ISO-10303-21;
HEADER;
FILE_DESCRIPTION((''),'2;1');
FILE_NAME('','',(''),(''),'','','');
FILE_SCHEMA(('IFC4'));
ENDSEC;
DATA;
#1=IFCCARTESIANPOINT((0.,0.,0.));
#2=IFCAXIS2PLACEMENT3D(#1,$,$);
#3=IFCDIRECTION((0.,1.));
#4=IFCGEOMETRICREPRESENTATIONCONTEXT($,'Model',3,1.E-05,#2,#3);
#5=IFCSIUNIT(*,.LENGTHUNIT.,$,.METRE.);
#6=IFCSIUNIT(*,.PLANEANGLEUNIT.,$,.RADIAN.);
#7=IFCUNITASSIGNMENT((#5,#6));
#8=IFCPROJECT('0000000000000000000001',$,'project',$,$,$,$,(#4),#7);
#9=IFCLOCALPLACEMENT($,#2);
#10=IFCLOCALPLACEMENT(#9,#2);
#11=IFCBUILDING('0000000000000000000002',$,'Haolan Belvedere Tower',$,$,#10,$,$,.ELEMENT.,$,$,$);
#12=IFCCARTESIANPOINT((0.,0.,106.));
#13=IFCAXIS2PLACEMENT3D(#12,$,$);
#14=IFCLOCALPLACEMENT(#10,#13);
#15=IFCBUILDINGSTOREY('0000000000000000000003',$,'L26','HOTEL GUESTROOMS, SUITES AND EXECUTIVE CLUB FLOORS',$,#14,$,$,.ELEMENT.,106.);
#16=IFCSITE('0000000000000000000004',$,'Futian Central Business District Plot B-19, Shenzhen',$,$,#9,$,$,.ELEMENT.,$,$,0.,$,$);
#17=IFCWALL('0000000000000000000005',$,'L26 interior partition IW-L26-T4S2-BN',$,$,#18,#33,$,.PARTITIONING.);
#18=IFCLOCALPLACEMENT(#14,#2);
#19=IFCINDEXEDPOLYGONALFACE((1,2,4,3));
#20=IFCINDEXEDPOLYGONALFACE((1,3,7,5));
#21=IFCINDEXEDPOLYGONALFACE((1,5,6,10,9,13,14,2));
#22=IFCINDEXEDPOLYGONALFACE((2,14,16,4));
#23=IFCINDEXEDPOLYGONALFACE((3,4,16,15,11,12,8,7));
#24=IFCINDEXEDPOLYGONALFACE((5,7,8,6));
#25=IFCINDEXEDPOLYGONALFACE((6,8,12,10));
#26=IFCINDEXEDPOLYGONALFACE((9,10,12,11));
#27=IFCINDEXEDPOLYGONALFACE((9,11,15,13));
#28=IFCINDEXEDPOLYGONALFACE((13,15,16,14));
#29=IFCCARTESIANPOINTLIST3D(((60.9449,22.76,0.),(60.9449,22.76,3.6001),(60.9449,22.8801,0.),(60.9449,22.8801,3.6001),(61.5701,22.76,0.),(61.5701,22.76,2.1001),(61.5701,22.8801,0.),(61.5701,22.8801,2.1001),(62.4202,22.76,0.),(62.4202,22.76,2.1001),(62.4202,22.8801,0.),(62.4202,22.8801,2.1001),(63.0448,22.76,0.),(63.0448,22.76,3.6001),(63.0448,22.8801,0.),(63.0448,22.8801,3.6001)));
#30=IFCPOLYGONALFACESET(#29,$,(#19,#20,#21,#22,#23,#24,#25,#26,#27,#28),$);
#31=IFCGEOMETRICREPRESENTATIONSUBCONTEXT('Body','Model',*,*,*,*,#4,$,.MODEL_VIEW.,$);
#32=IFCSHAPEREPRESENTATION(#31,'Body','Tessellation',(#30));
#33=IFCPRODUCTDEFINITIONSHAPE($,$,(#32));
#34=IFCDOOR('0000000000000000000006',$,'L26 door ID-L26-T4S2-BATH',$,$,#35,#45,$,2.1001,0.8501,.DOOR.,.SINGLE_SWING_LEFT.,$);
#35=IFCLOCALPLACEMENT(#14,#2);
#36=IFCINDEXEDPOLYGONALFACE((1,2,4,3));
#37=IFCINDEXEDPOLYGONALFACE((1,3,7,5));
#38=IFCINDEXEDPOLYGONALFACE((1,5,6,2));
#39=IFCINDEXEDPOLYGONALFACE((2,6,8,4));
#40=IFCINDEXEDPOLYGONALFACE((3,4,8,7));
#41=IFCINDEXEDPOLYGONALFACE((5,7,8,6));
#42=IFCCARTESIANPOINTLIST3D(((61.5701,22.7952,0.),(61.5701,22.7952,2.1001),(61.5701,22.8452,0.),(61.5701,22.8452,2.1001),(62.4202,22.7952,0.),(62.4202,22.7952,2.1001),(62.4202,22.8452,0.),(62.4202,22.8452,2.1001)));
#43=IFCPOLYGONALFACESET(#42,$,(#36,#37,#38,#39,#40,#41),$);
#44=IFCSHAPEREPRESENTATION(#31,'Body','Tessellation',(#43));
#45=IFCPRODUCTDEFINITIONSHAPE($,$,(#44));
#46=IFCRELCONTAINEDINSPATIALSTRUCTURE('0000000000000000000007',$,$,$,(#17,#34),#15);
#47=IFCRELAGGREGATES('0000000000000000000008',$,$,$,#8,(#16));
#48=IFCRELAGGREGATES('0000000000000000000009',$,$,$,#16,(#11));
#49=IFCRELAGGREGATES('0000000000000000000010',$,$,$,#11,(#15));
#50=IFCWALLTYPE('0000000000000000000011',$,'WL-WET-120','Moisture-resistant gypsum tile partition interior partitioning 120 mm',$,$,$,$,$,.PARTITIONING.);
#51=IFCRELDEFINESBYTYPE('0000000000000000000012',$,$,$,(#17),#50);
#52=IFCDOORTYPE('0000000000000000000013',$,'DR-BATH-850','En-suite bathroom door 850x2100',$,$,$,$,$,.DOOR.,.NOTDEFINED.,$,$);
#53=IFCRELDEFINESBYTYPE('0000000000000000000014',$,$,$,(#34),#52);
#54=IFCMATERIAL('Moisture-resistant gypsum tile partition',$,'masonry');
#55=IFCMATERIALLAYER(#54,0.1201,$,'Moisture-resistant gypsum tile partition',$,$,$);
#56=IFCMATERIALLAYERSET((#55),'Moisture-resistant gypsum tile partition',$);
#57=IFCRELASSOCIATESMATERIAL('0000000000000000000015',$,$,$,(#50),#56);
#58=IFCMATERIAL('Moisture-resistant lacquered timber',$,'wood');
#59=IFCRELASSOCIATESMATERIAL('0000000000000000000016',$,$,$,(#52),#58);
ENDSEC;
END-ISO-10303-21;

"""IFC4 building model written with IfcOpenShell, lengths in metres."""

from ifc_helpers import new_model, si_unit, direction, frame, frame_2d, origin, place, context, subcontext, project, spatial, rectangle, extrude, material, layer, layer_set, type_object, element, fill, save


model = new_model("IFC4")

# Units and contexts
model_context = context("Model", 3, precision=1e-05, world=origin(), true_north=direction((0.0, 1.0)))
body_context = subcontext(model_context, "Body", "Model", "MODEL_VIEW")
ifc_project = project(units=[si_unit("LENGTHUNIT", "METRE"), si_unit("PLANEANGLEUNIT", "RADIAN")], contexts=[model_context])

# Site, building, storey
site_placement = place(None, origin())
site = spatial("IfcSite", under=ifc_project, at=site_placement, Name="Futian Central Business District Plot B-19, Shenzhen", CompositionType="ELEMENT", RefElevation=0.0)
building_placement = place(site_placement, origin())
building = spatial("IfcBuilding", under=site, at=building_placement, Name="Haolan Belvedere Tower", CompositionType="ELEMENT")
storey_placement = place(building_placement, frame((0.0, 0.0, 106.0)))
storey = spatial("IfcBuildingStorey", under=building, at=storey_placement, Name="L26", Description="HOTEL GUESTROOMS, SUITES AND EXECUTIVE CLUB FLOORS", CompositionType="ELEMENT", Elevation=106.0)

# Shared definitions
ifc_material_1 = material(Name="Moisture-resistant gypsum tile partition", Category="masonry")
ifc_layer_1 = layer(ifc_material_1, 0.1201, Name="Moisture-resistant gypsum tile partition")
ifc_layer_set_1 = layer_set([ifc_layer_1], Name="Moisture-resistant gypsum tile partition")
wall_type_1 = type_object("IfcWallType", Name="WL-WET-120", Description="Moisture-resistant gypsum tile partition interior partitioning 120 mm", PredefinedType="PARTITIONING", material=ifc_layer_set_1)

# Shared definitions
ifc_material_2 = material(Name="Moisture-resistant lacquered timber", Category="wood")
door_type_1 = type_object("IfcDoorType", Name="DR-BATH-850", Description="En-suite bathroom door 850x2100", OperationType="NOTDEFINED", PredefinedType="DOOR", material=ifc_material_2)

# Wall, opening, door
wall_1_placement = place(storey_placement, frame((60.9451, 22.8201, 0.0), z_axis=(0.0, 0.0, 1.0), x_axis=(1.0, 0.0, 0.0)))
wall_1 = element("IfcWall", 1, at=wall_1_placement, inside=storey, type_object=wall_type_1, Name="L26 interior partition IW-L26-T4S2-BN", PredefinedType="PARTITIONING", context=body_context, shape_type="SweptSolid", body=[
    extrude(rectangle(XDim=2.0999, YDim=0.1201, at=frame_2d((1.0498, 0.0))), origin(), (0.0, 0.0, 1.0), 3.6001),
])
opening_1_placement = place(wall_1_placement, frame((1.4751, 0.0, 0.0), z_axis=(0.0, 0.0, 1.0), x_axis=(-1.0, 0.0, 0.0)))
opening_1 = element("IfcOpeningElement", 2, at=opening_1_placement, cuts=wall_1, PredefinedType="OPENING", context=body_context, shape_type="SweptSolid", body=[
    extrude(rectangle(XDim=0.8501, YDim=2.1001, at=frame_2d((0.425, 1.05))), frame((0.0, 0.0701, 0.0), z_axis=(0.0, -1.0, 0.0), x_axis=(1.0, 0.0, 0.0)), (0.0, 0.0, 1.0), 0.1401),
])
door_1_placement = place(opening_1_placement, origin())
door_1 = element("IfcDoor", 3, at=door_1_placement, inside=storey, type_object=door_type_1, Name="L26 door ID-L26-T4S2-BATH", OperationType="SINGLE_SWING_LEFT", OverallHeight=2.1001, OverallWidth=0.8501, PredefinedType="DOOR", context=body_context, shape_type="SweptSolid", body=[
    extrude(rectangle(XDim=0.8501, YDim=2.1001, at=frame_2d((0.425, 1.05))), frame((0.0, 0.0249, 0.0), z_axis=(0.0, -1.0, 0.0), x_axis=(1.0, 0.0, 0.0)), (0.0, 0.0, 1.0), 0.05),
])
fill(opening_1, door_1)

save(model, "model.ifc")
